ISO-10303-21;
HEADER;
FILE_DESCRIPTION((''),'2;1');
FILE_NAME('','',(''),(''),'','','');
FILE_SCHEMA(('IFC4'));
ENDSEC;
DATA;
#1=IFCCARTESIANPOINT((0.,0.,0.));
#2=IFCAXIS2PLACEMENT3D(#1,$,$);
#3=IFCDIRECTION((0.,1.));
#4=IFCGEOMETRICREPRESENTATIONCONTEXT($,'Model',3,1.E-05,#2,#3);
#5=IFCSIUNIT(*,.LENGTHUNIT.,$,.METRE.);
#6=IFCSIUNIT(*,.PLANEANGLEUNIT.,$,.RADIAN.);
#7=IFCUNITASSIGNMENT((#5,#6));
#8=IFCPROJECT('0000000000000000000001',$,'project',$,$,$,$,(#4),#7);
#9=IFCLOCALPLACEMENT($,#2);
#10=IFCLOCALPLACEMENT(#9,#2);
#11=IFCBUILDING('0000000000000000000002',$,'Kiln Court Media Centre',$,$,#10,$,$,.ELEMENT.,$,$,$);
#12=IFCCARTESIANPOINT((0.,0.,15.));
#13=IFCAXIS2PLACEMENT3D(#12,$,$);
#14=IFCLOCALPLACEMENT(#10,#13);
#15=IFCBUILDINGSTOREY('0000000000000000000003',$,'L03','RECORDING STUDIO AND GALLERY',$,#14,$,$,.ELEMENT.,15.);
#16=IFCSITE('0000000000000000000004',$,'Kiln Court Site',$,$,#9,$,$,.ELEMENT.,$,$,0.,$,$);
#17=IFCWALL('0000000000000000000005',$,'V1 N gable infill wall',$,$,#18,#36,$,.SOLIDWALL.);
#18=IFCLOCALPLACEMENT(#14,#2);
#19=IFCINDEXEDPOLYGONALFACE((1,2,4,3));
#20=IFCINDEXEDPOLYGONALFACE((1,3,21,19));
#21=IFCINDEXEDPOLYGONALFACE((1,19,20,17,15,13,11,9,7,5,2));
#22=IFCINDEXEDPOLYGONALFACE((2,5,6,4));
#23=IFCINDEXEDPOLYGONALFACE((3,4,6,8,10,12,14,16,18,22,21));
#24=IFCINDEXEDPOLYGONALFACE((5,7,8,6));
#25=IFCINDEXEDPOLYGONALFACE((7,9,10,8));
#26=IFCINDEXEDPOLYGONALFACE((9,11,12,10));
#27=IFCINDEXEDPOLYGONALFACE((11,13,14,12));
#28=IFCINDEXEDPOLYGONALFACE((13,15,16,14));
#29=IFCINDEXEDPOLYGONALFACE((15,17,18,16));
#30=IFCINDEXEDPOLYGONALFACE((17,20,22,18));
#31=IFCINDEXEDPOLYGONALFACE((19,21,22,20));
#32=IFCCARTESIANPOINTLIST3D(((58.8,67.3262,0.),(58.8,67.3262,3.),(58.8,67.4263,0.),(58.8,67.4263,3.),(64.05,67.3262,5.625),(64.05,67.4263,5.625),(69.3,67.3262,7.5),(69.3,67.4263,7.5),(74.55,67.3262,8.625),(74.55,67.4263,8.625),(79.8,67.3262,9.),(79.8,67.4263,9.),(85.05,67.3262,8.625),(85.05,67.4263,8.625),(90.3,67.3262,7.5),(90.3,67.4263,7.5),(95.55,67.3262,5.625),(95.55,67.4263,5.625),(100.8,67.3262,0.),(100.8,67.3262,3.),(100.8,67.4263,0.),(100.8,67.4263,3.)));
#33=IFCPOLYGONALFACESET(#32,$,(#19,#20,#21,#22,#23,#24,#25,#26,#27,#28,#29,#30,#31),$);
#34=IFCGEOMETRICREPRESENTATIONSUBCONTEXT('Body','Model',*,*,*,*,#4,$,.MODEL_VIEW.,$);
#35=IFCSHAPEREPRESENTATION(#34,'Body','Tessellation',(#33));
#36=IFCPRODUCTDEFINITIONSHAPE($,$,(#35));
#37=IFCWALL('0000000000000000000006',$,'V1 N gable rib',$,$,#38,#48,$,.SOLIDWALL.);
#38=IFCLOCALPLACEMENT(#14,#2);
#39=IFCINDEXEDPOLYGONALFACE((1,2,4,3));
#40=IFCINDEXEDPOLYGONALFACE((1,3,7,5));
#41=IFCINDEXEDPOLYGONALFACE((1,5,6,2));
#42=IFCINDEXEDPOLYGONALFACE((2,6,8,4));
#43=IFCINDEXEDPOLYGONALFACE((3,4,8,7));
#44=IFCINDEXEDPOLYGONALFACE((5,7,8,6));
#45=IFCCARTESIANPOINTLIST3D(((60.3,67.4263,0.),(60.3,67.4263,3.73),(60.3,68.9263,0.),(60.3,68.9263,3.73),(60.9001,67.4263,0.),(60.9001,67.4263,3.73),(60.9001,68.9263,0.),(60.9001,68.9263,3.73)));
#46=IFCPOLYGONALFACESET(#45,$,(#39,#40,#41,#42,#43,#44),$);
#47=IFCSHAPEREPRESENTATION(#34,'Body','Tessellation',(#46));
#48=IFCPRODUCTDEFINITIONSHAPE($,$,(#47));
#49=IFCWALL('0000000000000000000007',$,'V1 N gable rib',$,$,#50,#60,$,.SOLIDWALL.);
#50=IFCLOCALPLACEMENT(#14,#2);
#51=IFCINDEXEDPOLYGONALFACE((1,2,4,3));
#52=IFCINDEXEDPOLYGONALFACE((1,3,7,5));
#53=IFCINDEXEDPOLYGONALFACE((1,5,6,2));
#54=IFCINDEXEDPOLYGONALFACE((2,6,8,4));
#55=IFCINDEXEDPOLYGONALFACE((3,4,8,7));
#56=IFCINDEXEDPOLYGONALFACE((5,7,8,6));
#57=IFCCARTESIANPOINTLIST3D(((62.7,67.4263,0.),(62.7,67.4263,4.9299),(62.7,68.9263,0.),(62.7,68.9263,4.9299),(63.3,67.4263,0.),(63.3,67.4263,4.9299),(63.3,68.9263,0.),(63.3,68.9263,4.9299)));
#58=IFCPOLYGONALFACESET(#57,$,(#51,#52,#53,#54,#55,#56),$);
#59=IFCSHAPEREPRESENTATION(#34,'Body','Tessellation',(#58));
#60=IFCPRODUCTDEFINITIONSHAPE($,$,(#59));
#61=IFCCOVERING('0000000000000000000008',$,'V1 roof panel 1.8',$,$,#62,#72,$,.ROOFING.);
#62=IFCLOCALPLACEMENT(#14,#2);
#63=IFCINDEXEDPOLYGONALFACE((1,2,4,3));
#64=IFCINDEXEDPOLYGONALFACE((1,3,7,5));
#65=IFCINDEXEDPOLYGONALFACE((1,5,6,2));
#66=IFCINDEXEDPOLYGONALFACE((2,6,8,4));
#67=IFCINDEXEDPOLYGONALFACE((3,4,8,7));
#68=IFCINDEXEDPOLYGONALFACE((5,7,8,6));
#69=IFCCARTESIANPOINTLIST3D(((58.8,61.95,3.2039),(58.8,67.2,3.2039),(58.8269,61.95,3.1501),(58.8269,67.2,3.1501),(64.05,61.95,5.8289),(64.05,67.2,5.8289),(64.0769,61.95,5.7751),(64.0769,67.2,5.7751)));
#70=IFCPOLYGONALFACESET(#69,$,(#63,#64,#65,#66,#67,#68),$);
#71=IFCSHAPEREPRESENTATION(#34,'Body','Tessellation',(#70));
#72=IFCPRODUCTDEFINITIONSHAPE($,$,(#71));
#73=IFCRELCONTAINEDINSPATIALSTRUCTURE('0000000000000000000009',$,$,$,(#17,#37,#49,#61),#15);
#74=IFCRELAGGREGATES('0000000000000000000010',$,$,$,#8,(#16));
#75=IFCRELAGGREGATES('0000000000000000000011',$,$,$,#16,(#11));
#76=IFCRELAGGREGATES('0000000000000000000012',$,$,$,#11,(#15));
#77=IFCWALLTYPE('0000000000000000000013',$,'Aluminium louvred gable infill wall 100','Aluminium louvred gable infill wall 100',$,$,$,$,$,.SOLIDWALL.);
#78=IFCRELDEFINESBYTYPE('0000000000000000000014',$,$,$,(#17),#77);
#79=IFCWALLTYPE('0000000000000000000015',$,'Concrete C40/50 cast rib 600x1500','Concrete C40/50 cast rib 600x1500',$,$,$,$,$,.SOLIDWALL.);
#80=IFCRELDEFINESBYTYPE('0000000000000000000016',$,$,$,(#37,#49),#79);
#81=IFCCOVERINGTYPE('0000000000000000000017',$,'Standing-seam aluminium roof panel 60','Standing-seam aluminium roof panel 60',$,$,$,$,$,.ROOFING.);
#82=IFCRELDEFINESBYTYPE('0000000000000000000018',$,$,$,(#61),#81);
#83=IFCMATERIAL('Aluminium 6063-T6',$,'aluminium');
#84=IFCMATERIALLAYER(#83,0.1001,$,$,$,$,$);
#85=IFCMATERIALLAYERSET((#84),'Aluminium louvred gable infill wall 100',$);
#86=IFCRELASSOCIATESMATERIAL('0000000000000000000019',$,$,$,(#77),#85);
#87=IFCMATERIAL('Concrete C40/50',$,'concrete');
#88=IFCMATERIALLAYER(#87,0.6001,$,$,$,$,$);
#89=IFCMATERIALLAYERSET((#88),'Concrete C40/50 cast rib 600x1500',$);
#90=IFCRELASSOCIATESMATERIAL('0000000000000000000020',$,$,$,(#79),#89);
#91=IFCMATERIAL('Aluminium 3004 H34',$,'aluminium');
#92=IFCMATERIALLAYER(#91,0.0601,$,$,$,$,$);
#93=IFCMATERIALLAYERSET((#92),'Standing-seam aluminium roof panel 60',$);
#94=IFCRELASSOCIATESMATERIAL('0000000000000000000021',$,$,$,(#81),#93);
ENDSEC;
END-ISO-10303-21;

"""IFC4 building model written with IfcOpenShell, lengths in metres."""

from ifc_helpers import new_model, si_unit, direction, frame, frame_2d, origin, place, context, subcontext, project, spatial, polyline, rectangle, outline, extrude, material, layer, layer_set, type_object, element, save


model = new_model("IFC4")

# Units and contexts
model_context = context("Model", 3, precision=1e-05, world=origin(), true_north=direction((0.0, 1.0)))
body_context = subcontext(model_context, "Body", "Model", "MODEL_VIEW")
ifc_project = project(units=[si_unit("LENGTHUNIT", "METRE"), si_unit("PLANEANGLEUNIT", "RADIAN")], contexts=[model_context])

# Site, building, storey
site_placement = place(None, origin())
site = spatial("IfcSite", under=ifc_project, at=site_placement, Name="Kiln Court Site", CompositionType="ELEMENT", RefElevation=0.0)
building_placement = place(site_placement, origin())
building = spatial("IfcBuilding", under=site, at=building_placement, Name="Kiln Court Media Centre", CompositionType="ELEMENT")
storey_placement = place(building_placement, frame((0.0, 0.0, 15.0)))
storey = spatial("IfcBuildingStorey", under=building, at=storey_placement, Name="L03", Description="RECORDING STUDIO AND GALLERY", CompositionType="ELEMENT", Elevation=15.0)

# Walls
ifc_material_1 = material(Name="Aluminium 6063-T6", Category="aluminium")
ifc_layer_1 = layer(ifc_material_1, 0.1001)
ifc_layer_set_1 = layer_set([ifc_layer_1], Name="Aluminium louvred gable infill wall 100")
wall_type_1 = type_object("IfcWallType", Name="Aluminium louvred gable infill wall 100", Description="Aluminium louvred gable infill wall 100", PredefinedType="SOLIDWALL", material=ifc_layer_set_1)
wall_1_placement = place(storey_placement, frame((58.8, 67.3762, 0.0), z_axis=(0.0, 0.0, 1.0), x_axis=(1.0, 0.0, 0.0)))
element("IfcWall", 1, at=wall_1_placement, inside=storey, type_object=wall_type_1, Name="V1 N gable infill wall", PredefinedType="SOLIDWALL", context=body_context, shape_type="SweptSolid", body=[
    extrude(outline(polyline([(0.0, 0.0), (42.0, 0.0), (42.0, 3.0), (36.75, 5.625), (31.5, 7.5), (26.25, 8.625), (21.0, 9.0), (15.75, 8.625), (10.5, 7.5), (5.25, 5.625), (0.0, 3.0), (0.0, 0.0)])), frame((0.0, 0.05, 0.0), z_axis=(0.0, -1.0, 0.0), x_axis=(1.0, 0.0, 0.0)), (0.0, 0.0, 1.0), 0.1001),
])
ifc_material_2 = material(Name="Concrete C40/50", Category="concrete")
ifc_layer_2 = layer(ifc_material_2, 0.6001)
ifc_layer_set_2 = layer_set([ifc_layer_2], Name="Concrete C40/50 cast rib 600x1500")
wall_type_2 = type_object("IfcWallType", Name="Concrete C40/50 cast rib 600x1500", Description="Concrete C40/50 cast rib 600x1500", PredefinedType="SOLIDWALL", material=ifc_layer_set_2)
wall_2_placement = place(storey_placement, frame((60.6001, 67.4263, 0.0), z_axis=(0.0, 0.0, 1.0), x_axis=(0.0, 1.0, 0.0)))
element("IfcWall", 2, at=wall_2_placement, inside=storey, type_object=wall_type_2, Name="V1 N gable rib", PredefinedType="SOLIDWALL", context=body_context, shape_type="SweptSolid", body=[
    extrude(rectangle(XDim=1.5, YDim=0.6001, at=frame_2d((0.75, 0.0))), origin(), (0.0, 0.0, 1.0), 3.73),
])
wall_3_placement = place(storey_placement, frame((63.0, 67.4263, 0.0), z_axis=(0.0, 0.0, 1.0), x_axis=(0.0, 1.0, 0.0)))
element("IfcWall", 3, at=wall_3_placement, inside=storey, type_object=wall_type_2, Name="V1 N gable rib", PredefinedType="SOLIDWALL", context=body_context, shape_type="SweptSolid", body=[
    extrude(rectangle(XDim=1.5, YDim=0.6001, at=frame_2d((0.75, 0.0))), origin(), (0.0, 0.0, 1.0), 4.9299),
])

# Covering
ifc_material_3 = material(Name="Aluminium 3004 H34", Category="aluminium")
ifc_layer_3 = layer(ifc_material_3, 0.0601)
ifc_layer_set_3 = layer_set([ifc_layer_3], Name="Standing-seam aluminium roof panel 60")
covering_type = type_object("IfcCoveringType", Name="Standing-seam aluminium roof panel 60", Description="Standing-seam aluminium roof panel 60", PredefinedType="ROOFING", material=ifc_layer_set_3)
covering_placement = place(storey_placement, frame((58.8, 61.95, 3.2039), z_axis=(-0.447214, 0.0, 0.894427), x_axis=(0.894427, 0.0, 0.447214)))
element("IfcCovering", 4, at=covering_placement, inside=storey, type_object=covering_type, Name="V1 roof panel 1.8", PredefinedType="ROOFING", context=body_context, shape_type="SweptSolid", body=[
    extrude(outline(polyline([(0.0, 0.0), (5.8697, 0.0), (5.8697, 5.25), (0.0, 5.25), (0.0, 0.0)])), origin(), (0.0, 0.0, -1.0), 0.0601),
])

save(model, "model.ifc")
